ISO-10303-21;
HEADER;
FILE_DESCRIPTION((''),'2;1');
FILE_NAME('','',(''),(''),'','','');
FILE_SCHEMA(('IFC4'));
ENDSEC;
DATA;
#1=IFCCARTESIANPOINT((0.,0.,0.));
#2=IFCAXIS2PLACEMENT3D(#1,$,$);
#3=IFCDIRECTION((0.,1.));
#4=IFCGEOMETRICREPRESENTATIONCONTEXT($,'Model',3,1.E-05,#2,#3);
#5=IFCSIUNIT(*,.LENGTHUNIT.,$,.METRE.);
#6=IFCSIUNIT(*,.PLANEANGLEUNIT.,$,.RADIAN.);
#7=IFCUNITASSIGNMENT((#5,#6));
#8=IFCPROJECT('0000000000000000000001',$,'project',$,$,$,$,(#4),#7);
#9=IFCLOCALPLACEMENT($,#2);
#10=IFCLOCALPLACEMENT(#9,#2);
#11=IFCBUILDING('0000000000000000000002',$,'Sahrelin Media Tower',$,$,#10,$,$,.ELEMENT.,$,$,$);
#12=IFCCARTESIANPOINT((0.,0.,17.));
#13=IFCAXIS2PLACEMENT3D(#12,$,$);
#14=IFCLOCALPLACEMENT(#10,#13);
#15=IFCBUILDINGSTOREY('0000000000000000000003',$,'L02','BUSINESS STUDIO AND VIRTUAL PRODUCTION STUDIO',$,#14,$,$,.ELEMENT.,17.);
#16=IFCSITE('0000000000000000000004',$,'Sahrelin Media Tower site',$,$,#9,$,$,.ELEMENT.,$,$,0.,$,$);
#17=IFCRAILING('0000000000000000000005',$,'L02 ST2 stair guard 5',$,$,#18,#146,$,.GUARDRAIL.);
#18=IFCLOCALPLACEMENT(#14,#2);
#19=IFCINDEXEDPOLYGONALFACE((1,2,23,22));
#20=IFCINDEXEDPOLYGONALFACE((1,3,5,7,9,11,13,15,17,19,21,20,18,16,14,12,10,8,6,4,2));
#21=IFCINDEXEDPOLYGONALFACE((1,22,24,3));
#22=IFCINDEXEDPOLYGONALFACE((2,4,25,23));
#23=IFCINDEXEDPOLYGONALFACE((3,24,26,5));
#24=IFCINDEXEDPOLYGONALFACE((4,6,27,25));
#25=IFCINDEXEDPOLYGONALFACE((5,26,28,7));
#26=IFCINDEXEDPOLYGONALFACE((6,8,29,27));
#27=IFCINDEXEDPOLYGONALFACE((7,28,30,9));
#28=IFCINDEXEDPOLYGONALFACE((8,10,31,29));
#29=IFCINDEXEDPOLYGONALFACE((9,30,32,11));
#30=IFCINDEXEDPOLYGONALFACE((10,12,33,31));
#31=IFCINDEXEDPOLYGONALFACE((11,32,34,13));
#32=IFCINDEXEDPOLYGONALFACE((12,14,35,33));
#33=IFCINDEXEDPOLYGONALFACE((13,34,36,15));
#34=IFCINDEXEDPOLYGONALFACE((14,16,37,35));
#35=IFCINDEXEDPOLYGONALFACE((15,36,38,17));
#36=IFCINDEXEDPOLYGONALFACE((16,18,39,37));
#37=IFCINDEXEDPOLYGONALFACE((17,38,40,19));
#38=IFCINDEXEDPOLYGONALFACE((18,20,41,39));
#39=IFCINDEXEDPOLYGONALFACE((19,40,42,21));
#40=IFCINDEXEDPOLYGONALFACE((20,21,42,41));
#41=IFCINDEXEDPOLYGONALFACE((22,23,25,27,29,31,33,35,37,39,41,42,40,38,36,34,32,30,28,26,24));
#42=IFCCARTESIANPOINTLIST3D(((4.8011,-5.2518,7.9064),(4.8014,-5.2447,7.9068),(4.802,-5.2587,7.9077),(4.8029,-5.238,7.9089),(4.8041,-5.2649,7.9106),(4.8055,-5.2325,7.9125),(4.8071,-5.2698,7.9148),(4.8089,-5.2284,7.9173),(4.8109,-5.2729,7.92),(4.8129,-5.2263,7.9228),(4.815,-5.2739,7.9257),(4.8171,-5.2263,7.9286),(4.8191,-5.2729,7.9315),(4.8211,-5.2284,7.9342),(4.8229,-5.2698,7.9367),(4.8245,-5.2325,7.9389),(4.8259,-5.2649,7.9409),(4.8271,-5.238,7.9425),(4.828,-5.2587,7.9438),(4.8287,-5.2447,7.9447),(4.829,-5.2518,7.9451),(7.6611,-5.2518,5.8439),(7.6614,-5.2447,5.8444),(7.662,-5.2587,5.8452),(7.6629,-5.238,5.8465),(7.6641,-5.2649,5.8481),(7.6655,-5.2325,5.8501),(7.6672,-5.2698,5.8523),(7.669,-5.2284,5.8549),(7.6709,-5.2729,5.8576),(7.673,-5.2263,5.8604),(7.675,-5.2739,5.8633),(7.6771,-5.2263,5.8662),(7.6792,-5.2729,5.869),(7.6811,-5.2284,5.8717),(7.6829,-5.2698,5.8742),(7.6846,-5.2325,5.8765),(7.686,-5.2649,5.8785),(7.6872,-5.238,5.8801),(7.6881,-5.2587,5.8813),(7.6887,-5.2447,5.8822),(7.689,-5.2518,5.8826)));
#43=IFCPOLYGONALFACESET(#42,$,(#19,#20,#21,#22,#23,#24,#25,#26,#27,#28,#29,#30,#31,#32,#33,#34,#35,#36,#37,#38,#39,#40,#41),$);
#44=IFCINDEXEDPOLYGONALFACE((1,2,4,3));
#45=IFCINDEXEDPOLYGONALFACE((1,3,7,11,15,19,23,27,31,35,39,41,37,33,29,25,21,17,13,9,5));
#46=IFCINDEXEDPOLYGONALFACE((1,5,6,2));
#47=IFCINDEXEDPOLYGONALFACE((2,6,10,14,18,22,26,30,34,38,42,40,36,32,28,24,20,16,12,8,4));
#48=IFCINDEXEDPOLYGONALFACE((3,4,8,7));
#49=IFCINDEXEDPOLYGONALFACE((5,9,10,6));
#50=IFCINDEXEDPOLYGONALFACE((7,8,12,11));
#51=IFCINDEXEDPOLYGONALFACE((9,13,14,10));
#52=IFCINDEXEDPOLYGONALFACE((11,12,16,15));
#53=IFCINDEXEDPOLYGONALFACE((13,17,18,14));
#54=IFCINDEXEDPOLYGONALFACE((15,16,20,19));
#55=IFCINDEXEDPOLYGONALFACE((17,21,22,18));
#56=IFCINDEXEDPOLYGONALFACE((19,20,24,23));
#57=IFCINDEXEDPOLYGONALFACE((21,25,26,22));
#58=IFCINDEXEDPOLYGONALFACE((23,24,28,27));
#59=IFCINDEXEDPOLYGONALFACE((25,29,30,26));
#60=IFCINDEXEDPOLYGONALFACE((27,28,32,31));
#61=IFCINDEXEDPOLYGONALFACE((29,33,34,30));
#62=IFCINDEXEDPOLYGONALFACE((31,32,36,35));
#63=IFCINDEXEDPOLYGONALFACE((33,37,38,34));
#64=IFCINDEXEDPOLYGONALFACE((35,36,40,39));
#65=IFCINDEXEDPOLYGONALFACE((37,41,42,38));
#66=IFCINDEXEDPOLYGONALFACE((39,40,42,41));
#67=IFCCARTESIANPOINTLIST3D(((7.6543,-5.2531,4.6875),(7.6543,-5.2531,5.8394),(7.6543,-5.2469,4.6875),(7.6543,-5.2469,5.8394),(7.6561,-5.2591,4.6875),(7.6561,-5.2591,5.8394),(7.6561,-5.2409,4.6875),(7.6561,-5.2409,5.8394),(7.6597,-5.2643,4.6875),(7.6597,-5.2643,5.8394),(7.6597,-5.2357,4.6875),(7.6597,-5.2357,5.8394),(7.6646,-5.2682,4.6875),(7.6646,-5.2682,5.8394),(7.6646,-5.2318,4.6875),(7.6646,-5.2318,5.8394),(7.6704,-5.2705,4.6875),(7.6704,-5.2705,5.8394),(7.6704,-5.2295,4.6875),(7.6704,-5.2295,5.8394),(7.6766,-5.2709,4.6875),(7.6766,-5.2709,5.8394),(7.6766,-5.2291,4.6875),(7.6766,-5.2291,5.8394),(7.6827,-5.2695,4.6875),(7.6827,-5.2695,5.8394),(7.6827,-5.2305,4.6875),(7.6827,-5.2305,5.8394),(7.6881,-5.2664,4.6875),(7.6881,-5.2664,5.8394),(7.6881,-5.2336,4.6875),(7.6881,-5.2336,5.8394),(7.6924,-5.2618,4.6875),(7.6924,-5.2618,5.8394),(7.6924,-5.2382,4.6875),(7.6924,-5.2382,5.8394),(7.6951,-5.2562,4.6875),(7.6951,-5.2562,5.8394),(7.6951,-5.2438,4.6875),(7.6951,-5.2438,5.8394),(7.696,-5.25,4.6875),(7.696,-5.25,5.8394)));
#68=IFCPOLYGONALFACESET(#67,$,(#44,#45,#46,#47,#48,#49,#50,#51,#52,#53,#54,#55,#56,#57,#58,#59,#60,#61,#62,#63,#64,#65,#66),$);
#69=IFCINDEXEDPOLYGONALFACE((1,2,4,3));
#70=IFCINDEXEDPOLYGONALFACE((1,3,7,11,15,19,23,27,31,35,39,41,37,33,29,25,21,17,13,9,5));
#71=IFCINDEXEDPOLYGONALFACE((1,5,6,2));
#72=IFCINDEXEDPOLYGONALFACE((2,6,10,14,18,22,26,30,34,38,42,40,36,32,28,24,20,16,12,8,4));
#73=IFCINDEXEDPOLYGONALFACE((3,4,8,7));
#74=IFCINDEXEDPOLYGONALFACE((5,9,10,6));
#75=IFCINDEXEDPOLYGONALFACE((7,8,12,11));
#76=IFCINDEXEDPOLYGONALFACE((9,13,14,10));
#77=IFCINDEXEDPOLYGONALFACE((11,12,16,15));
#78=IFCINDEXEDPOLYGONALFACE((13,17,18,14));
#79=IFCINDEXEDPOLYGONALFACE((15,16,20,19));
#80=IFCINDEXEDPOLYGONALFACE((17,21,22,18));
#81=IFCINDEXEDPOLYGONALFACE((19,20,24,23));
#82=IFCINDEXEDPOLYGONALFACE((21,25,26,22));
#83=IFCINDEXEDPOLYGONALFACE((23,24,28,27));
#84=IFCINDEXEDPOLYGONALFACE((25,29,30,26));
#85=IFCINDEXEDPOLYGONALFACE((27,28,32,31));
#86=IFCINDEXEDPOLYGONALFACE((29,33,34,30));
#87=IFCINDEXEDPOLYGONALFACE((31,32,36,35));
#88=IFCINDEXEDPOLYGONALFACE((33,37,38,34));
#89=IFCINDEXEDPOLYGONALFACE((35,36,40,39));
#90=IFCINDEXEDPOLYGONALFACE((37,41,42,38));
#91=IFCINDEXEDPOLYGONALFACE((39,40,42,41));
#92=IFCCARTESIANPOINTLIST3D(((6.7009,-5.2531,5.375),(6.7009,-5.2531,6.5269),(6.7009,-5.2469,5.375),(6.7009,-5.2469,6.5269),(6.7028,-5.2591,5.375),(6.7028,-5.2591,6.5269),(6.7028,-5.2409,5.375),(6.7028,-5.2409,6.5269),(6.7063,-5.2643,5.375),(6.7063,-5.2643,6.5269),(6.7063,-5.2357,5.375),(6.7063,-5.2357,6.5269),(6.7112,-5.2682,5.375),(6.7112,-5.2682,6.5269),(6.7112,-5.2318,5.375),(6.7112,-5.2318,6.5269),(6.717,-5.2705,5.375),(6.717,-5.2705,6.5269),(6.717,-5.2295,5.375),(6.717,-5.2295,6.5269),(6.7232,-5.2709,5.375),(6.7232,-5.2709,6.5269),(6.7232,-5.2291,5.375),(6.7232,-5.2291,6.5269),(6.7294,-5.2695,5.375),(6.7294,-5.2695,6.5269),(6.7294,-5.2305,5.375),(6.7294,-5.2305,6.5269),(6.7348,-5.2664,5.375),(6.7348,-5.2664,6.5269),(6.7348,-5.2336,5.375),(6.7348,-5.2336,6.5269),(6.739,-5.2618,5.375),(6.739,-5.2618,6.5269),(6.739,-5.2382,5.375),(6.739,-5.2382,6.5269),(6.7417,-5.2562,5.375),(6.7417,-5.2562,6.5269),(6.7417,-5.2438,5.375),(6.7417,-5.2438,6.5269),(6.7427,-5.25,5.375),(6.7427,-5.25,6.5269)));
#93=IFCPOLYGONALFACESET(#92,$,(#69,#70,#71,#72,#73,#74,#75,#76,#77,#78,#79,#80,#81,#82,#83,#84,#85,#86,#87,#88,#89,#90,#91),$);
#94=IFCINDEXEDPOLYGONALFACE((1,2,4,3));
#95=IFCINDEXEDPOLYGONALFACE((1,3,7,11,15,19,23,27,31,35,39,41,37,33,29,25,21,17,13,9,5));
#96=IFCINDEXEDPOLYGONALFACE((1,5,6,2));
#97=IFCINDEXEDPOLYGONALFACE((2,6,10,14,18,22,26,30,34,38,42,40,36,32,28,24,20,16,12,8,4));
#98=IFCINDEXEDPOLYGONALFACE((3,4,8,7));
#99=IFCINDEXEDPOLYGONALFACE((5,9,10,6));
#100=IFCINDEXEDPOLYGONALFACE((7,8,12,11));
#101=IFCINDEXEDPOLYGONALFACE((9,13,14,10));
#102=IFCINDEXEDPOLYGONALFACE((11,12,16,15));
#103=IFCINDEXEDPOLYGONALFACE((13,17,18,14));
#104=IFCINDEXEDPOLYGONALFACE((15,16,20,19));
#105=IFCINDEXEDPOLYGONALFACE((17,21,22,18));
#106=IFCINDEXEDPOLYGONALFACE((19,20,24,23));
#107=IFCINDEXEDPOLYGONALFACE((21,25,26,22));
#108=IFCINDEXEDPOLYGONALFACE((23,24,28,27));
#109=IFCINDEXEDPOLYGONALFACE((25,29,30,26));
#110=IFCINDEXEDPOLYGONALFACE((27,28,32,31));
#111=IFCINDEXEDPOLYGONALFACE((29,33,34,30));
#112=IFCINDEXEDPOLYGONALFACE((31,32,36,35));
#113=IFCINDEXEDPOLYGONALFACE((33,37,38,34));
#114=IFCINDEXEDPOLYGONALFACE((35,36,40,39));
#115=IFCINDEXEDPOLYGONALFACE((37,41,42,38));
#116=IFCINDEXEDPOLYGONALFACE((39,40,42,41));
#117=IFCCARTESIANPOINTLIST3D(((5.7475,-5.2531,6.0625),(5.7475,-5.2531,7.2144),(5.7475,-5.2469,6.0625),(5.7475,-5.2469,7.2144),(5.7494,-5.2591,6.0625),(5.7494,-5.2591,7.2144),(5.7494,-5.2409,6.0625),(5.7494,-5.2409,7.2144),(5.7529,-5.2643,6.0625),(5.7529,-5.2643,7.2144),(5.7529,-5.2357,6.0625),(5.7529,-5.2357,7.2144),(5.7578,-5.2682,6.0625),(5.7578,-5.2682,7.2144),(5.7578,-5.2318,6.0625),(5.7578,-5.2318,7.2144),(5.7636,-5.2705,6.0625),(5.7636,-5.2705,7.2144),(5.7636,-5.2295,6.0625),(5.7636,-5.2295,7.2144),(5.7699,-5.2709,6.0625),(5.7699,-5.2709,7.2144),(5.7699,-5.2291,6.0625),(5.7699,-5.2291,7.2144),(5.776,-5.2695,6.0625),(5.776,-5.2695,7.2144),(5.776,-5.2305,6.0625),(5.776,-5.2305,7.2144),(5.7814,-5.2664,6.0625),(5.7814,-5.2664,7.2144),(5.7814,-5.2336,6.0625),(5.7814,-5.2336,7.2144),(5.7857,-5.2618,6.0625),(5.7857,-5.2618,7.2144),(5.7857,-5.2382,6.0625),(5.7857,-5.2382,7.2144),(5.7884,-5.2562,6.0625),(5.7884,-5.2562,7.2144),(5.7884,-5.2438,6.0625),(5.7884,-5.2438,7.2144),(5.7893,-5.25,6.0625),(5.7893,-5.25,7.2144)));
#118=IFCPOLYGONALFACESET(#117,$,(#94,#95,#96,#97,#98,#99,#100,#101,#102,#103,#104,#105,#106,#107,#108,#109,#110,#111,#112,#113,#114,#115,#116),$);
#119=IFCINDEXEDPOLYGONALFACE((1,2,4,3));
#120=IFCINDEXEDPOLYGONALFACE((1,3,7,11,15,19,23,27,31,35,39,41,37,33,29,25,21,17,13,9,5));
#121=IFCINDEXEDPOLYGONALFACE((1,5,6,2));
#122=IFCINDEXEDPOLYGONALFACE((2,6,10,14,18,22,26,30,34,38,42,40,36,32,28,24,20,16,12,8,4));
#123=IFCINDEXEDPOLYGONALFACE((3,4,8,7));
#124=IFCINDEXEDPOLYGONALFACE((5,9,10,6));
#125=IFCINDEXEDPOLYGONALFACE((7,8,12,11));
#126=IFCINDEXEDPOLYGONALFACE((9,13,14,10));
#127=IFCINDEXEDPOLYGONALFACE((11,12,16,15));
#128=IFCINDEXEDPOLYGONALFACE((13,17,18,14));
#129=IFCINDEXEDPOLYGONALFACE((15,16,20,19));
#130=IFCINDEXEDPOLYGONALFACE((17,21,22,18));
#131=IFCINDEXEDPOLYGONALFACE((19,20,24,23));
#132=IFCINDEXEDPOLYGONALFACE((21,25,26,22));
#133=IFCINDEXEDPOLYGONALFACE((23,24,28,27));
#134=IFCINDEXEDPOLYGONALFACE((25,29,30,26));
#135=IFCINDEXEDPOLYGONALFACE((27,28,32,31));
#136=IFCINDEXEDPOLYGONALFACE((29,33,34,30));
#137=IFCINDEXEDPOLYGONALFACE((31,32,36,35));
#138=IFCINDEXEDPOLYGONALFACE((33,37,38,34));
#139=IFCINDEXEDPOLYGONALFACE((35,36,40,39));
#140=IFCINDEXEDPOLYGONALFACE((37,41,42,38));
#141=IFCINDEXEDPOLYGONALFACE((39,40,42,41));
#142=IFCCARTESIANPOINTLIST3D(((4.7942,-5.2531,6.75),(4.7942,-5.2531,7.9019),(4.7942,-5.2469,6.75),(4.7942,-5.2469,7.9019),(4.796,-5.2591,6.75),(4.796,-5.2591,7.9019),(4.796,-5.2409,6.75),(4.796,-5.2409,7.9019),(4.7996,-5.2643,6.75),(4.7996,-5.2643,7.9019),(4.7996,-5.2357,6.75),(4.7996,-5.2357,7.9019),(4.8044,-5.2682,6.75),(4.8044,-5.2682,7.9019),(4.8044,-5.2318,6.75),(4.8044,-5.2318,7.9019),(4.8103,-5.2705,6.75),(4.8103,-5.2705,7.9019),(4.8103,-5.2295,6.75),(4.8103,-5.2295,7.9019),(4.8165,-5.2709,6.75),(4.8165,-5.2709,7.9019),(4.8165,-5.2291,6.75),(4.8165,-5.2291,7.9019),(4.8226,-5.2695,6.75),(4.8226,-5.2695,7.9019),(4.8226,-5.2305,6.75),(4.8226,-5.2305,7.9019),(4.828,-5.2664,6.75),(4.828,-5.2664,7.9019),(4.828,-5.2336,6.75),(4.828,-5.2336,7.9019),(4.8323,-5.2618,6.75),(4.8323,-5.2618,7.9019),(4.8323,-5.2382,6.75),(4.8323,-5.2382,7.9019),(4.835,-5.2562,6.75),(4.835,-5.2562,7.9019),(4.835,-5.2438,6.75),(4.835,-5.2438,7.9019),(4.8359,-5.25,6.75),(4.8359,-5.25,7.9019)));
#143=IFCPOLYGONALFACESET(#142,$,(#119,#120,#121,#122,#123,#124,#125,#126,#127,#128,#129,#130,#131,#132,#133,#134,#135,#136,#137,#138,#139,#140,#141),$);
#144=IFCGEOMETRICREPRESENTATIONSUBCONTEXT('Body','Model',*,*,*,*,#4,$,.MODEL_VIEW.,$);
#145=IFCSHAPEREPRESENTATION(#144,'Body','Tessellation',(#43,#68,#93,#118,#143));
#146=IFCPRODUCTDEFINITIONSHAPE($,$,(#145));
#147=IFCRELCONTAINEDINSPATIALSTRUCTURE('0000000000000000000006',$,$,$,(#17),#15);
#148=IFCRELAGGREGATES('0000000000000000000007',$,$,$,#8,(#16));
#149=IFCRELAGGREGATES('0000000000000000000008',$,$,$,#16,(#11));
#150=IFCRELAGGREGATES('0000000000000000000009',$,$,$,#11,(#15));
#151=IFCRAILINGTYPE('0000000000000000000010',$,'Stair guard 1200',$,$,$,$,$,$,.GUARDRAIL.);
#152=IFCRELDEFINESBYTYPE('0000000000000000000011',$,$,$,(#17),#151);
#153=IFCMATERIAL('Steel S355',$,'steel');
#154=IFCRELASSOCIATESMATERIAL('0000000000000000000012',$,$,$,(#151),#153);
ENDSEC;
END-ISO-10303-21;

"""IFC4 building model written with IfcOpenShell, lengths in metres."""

from ifc_helpers import new_model, si_unit, direction, frame, origin, origin_2d, place, context, subcontext, project, spatial, circle, extrude, material, type_object, element, save


model = new_model("IFC4")

# Units and contexts
model_context = context("Model", 3, precision=1e-05, world=origin(), true_north=direction((0.0, 1.0)))
body_context = subcontext(model_context, "Body", "Model", "MODEL_VIEW")
ifc_project = project(units=[si_unit("LENGTHUNIT", "METRE"), si_unit("PLANEANGLEUNIT", "RADIAN")], contexts=[model_context])

# Site, building, storey
site_placement = place(None, origin())
site = spatial("IfcSite", under=ifc_project, at=site_placement, Name="Sahrelin Media Tower site", CompositionType="ELEMENT", RefElevation=0.0)
building_placement = place(site_placement, origin())
building = spatial("IfcBuilding", under=site, at=building_placement, Name="Sahrelin Media Tower", CompositionType="ELEMENT")
storey_placement = place(building_placement, frame((0.0, 0.0, 17.0)))
storey = spatial("IfcBuildingStorey", under=building, at=storey_placement, Name="L02", Description="BUSINESS STUDIO AND VIRTUAL PRODUCTION STUDIO", CompositionType="ELEMENT", Elevation=17.0)

# Railing
ifc_material_1 = material(Name="Steel S355", Category="steel")
railing_type_1 = type_object("IfcRailingType", Name="Stair guard 1200", PredefinedType="GUARDRAIL", material=ifc_material_1)
railing_1_placement = place(storey_placement, frame((7.675, -5.25, 4.6875)))
element("IfcRailing", 1, at=railing_1_placement, inside=storey, type_object=railing_type_1, Name="L02 ST2 stair guard 5", PredefinedType="GUARDRAIL", context=body_context, shape_type="SweptSolid", body=[
    extrude(circle(Radius=0.0239, at=origin_2d()), frame((0.0, 0.0, 1.1758), z_axis=(-0.811101, 0.0, 0.584906), x_axis=(0.0, -1.0, 0.0)), (0.0, 0.0, 1.0), 3.5261),
    extrude(circle(Radius=0.021, at=origin_2d()), origin(), (0.0, 0.0, 1.0), 1.1519),
    extrude(circle(Radius=0.021, at=origin_2d()), frame((-0.9534, 0.0, 0.6875)), (0.0, 0.0, 1.0), 1.1519),
    extrude(circle(Radius=0.021, at=origin_2d()), frame((-1.9067, 0.0, 1.375)), (0.0, 0.0, 1.0), 1.1519),
    extrude(circle(Radius=0.021, at=origin_2d()), frame((-2.8601, 0.0, 2.0625)), (0.0, 0.0, 1.0), 1.1519),
])

save(model, "model.ifc")
